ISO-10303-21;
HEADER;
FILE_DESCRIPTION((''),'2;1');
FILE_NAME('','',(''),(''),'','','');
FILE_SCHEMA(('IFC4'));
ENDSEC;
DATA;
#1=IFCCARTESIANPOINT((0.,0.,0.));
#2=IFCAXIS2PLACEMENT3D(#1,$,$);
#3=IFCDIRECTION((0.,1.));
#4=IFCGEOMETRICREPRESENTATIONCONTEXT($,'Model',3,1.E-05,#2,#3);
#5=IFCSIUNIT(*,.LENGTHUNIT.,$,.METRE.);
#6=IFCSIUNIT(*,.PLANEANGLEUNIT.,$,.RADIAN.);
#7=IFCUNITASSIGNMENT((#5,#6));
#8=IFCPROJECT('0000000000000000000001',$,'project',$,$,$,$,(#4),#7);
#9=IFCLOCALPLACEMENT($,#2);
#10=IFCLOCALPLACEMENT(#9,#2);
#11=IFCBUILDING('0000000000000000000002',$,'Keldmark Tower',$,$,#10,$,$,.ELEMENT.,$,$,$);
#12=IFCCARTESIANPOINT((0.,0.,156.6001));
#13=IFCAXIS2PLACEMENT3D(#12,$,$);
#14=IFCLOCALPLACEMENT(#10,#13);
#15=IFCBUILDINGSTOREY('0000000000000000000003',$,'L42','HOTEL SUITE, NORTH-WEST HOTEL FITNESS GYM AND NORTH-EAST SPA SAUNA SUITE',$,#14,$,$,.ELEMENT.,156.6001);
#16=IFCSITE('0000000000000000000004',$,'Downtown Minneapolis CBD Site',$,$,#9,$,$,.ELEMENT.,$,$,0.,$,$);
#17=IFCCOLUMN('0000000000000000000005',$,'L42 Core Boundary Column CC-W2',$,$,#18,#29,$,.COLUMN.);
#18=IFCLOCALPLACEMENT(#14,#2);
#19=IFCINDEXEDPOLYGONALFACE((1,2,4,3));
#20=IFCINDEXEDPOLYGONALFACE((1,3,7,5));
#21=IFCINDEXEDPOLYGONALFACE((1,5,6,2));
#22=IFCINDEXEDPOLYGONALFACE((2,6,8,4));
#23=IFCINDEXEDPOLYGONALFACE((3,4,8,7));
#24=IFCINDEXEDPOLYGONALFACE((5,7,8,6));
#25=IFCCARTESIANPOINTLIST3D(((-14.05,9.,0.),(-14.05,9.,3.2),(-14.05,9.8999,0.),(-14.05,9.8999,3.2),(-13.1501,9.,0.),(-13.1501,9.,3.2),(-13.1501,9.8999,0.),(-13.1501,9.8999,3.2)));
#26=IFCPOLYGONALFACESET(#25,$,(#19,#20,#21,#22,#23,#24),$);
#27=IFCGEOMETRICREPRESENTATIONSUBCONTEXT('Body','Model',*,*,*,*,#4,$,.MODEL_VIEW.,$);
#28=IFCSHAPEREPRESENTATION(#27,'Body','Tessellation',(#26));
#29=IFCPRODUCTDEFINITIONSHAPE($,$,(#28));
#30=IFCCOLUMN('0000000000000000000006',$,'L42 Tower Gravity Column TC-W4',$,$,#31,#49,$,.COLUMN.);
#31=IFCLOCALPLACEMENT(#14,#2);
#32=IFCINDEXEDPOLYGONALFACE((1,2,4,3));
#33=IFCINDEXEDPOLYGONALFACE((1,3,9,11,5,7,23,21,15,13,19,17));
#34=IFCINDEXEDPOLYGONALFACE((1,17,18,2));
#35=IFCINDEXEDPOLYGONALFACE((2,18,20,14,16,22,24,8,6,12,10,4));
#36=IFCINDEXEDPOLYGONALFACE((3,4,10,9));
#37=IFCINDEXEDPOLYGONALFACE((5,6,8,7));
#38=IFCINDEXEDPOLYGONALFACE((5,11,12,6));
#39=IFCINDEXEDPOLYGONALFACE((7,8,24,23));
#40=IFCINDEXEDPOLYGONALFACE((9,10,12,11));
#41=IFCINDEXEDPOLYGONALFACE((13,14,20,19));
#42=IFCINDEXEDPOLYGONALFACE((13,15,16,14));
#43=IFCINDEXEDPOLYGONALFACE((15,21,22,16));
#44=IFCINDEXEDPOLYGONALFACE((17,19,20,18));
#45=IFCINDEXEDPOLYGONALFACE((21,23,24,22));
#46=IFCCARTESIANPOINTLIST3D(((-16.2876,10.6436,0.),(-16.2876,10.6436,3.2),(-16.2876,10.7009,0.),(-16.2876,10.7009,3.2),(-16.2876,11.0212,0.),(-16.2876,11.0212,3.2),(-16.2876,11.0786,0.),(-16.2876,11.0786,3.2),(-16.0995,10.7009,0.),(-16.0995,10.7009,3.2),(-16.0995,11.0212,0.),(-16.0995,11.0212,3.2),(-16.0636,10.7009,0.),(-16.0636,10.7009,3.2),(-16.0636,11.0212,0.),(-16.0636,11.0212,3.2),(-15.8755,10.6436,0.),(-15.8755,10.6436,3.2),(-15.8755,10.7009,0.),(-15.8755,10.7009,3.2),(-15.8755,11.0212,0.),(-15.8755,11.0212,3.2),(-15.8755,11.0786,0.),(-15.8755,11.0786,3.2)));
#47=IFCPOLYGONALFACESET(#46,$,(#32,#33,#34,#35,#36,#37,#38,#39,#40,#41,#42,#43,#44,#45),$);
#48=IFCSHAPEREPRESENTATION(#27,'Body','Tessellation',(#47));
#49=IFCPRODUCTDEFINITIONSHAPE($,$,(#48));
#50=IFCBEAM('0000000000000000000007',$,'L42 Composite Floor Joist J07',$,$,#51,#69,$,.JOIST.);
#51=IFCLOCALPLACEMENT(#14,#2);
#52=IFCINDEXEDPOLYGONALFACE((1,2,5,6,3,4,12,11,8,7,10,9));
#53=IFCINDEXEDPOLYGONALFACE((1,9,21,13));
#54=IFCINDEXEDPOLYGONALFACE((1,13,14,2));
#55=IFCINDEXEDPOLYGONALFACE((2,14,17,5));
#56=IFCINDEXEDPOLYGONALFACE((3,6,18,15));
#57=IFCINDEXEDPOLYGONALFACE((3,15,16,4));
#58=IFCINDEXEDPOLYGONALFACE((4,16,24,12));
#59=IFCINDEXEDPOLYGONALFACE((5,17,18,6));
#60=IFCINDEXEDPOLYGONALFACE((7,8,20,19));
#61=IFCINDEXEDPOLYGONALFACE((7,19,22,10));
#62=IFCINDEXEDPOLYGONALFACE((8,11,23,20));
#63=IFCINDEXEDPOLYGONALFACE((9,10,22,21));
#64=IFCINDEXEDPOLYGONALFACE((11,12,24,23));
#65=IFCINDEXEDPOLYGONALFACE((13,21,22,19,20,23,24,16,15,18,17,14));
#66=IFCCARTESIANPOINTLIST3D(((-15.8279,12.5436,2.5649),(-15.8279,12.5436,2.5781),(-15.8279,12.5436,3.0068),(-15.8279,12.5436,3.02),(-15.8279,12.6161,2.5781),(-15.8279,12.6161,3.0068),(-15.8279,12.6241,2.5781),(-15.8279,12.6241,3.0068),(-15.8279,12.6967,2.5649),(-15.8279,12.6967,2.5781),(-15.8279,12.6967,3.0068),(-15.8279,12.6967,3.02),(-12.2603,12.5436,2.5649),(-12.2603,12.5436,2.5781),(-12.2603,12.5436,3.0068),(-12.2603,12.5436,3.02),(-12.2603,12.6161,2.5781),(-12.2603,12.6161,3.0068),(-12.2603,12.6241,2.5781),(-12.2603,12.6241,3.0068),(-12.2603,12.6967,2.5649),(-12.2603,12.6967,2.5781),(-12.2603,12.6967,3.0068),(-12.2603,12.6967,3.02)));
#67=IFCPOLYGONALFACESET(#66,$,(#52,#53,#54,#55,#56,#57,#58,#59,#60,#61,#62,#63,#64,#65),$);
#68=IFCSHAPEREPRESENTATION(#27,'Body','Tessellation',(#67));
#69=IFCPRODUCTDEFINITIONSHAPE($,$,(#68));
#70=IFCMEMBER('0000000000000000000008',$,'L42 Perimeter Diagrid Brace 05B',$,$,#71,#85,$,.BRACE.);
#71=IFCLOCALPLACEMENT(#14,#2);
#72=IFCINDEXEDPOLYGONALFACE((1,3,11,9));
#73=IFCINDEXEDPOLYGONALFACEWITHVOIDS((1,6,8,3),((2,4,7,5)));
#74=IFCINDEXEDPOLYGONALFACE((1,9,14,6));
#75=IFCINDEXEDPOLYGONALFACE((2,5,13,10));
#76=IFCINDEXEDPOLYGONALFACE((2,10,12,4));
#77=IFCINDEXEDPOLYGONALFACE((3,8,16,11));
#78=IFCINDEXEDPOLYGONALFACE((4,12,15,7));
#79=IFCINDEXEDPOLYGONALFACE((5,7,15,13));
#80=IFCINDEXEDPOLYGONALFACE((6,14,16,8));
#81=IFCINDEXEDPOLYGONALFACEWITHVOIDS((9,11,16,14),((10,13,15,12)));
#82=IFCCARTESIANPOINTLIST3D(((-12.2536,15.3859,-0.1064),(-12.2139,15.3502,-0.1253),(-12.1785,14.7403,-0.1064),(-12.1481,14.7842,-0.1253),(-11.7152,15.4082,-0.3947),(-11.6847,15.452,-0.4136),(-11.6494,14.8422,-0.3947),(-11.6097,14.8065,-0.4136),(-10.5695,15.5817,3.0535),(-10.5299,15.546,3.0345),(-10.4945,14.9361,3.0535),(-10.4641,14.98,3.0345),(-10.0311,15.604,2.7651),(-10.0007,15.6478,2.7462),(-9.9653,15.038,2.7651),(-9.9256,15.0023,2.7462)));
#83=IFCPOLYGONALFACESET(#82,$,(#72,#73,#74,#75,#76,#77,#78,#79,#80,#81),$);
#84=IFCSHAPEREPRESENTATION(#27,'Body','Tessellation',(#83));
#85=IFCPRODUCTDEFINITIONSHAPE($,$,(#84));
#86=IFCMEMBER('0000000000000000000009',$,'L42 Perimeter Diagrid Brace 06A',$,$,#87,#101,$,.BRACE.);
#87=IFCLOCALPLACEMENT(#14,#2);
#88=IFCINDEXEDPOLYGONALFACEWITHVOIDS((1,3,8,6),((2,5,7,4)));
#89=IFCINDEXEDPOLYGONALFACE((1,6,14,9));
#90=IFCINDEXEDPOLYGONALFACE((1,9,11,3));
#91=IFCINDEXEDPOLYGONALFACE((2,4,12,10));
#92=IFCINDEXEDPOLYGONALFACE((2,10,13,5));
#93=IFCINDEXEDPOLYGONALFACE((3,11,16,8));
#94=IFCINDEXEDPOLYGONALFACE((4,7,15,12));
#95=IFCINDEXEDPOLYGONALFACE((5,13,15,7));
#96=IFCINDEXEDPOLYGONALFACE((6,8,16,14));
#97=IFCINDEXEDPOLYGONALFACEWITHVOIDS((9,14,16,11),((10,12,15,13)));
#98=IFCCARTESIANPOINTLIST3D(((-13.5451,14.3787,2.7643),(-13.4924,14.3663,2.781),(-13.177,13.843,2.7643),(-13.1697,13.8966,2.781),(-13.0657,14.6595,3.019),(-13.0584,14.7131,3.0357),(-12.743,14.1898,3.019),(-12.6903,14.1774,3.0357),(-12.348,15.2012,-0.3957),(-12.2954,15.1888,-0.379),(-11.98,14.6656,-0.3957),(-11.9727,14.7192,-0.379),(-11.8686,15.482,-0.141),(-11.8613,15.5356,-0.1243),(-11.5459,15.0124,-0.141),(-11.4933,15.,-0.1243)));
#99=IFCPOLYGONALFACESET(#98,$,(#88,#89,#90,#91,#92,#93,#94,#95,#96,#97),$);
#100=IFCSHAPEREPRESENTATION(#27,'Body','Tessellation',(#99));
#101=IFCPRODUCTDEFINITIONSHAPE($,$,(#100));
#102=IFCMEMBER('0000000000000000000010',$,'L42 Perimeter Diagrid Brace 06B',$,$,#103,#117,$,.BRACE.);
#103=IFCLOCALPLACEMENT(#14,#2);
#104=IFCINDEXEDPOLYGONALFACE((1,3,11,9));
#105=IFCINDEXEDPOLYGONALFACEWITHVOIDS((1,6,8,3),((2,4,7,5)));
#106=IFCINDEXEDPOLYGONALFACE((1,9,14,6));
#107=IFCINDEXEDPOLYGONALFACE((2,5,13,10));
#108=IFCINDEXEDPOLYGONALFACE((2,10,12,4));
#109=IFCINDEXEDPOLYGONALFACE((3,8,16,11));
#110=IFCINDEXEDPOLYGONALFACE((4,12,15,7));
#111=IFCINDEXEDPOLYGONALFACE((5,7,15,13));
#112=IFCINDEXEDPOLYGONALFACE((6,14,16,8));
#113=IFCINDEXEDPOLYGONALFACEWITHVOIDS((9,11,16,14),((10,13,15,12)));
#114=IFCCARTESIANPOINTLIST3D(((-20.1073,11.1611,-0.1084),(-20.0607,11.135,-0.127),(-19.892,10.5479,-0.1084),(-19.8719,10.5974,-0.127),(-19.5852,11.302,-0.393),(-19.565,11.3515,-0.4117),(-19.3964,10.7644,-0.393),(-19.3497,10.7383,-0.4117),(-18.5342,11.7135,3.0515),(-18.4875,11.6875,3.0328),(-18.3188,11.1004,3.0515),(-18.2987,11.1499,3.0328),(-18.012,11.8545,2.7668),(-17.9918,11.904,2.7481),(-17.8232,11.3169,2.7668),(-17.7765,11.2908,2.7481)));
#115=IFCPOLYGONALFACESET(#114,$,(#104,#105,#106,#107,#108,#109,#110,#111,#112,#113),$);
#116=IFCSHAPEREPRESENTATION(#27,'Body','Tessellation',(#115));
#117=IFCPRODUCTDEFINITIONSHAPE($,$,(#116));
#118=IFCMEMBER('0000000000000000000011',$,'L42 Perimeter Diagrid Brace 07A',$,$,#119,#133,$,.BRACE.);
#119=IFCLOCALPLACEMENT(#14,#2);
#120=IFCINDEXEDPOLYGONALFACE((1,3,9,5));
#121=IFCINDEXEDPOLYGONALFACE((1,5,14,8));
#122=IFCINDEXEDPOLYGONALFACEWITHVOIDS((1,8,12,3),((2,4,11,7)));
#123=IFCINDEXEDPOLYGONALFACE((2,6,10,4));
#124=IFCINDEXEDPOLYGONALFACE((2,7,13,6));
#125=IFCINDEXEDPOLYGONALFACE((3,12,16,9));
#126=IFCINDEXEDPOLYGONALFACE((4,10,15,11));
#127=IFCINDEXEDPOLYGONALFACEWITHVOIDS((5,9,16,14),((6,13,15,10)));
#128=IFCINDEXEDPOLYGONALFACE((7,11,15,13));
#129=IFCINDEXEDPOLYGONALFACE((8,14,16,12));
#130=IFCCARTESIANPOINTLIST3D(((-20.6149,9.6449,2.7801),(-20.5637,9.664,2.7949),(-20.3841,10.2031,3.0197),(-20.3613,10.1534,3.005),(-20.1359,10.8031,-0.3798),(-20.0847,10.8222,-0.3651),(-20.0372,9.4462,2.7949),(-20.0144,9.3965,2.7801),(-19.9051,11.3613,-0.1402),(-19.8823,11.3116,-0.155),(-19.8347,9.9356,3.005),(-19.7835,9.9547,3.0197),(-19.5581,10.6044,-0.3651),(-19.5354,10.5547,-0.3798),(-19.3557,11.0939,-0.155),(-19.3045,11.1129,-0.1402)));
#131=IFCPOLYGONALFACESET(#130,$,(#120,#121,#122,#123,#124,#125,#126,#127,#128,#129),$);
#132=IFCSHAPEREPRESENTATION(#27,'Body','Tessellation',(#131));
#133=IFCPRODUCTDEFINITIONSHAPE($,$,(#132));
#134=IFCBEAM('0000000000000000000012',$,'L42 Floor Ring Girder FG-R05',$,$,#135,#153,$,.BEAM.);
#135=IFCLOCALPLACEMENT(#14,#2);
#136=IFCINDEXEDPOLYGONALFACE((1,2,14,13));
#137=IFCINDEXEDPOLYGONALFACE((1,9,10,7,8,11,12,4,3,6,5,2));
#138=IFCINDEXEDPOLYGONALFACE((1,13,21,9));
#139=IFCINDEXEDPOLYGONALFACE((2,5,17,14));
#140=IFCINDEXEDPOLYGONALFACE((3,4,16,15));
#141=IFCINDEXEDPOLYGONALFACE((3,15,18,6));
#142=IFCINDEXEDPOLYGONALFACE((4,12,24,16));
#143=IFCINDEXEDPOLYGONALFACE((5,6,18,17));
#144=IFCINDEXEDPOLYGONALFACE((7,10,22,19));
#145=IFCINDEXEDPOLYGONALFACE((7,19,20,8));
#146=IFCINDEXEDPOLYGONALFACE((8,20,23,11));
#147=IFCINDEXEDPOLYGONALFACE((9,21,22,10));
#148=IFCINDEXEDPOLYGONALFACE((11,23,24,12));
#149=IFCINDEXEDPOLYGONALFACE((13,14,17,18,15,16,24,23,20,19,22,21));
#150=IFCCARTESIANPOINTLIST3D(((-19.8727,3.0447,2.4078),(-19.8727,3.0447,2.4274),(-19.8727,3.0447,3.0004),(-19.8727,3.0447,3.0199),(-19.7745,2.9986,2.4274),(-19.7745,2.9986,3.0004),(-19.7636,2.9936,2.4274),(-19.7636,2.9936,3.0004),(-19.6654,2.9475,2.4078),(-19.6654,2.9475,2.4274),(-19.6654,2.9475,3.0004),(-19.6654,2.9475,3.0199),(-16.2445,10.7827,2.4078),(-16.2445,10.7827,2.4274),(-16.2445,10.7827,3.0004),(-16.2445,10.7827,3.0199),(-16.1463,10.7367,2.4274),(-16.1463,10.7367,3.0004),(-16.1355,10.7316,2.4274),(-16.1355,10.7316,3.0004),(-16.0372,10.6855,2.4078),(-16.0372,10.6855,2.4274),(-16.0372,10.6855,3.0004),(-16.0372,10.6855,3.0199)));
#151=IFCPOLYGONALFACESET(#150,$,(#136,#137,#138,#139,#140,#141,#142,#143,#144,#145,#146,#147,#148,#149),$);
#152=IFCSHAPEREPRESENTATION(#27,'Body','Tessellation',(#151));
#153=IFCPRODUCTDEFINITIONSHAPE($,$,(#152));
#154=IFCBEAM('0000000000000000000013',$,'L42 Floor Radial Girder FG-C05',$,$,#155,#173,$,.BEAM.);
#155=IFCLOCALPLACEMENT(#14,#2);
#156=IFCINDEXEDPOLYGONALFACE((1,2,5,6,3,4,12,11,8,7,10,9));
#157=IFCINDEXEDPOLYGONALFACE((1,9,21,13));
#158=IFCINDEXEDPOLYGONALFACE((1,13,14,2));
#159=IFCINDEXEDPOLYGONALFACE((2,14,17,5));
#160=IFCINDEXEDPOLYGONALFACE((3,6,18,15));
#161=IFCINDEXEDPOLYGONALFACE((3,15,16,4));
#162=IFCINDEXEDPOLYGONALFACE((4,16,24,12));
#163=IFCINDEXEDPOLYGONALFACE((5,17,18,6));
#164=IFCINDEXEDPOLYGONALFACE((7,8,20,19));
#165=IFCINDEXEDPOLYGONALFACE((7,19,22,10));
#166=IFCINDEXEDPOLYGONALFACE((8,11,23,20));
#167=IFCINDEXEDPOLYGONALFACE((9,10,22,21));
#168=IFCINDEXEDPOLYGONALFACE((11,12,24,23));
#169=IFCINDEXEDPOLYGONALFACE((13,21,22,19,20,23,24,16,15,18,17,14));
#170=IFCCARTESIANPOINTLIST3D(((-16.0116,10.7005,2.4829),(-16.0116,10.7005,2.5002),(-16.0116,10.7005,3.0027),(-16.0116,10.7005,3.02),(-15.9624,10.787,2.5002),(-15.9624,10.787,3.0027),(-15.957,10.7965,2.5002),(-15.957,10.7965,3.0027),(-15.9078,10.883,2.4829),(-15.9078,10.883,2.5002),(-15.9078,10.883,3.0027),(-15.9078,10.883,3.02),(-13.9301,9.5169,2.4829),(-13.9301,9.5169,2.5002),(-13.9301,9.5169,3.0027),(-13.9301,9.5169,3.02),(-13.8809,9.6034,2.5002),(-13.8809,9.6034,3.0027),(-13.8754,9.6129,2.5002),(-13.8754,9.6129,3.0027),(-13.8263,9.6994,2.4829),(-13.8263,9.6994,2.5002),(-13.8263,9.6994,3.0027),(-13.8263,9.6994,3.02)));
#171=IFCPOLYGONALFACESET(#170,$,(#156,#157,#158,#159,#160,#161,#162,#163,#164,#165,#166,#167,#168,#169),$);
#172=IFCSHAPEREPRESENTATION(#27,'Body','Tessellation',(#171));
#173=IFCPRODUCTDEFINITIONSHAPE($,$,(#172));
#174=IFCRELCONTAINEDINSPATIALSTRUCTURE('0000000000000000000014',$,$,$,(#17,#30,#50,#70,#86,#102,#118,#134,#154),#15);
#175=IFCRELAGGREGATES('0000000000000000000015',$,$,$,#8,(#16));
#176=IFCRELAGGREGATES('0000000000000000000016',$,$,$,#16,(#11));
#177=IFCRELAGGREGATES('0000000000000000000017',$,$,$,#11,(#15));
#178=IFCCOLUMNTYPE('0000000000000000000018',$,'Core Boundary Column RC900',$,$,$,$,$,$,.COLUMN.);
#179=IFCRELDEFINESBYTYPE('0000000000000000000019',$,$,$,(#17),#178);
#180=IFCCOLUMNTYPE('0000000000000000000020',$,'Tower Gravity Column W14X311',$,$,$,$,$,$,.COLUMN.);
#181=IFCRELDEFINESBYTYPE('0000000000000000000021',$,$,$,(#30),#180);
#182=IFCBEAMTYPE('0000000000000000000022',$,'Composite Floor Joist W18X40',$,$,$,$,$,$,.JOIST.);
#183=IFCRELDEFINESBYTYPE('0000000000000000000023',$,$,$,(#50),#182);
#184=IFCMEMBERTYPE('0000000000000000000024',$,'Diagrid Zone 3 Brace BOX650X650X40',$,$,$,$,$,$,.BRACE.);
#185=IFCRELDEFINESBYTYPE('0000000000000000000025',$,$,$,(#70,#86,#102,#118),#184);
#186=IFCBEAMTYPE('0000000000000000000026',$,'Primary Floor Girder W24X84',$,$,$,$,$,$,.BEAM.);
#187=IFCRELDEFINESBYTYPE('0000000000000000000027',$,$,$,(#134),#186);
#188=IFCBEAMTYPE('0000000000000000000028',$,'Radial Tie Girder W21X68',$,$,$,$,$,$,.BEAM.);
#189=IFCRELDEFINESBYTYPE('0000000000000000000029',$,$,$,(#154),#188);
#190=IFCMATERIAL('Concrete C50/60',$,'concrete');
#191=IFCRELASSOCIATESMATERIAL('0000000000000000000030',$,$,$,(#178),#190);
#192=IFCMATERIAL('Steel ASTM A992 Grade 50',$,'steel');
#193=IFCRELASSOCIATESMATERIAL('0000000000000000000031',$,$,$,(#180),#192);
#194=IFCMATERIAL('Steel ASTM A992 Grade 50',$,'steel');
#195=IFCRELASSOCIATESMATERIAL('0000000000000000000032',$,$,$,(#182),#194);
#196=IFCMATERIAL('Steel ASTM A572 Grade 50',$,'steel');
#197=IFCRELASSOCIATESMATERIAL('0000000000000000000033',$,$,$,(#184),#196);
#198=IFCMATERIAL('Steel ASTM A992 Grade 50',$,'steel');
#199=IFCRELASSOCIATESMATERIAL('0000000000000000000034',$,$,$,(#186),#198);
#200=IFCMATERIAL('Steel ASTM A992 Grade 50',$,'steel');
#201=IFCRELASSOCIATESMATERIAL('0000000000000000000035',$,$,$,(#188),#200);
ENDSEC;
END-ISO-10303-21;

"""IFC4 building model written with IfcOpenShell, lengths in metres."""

from ifc_helpers import new_model, si_unit, direction, frame, origin, origin_2d, place, context, subcontext, project, spatial, rectangle, hollow_rectangle, i_section, extrude, material, material_profile, profile_set, type_object, element, save


model = new_model("IFC4")

# Units and contexts
model_context = context("Model", 3, precision=1e-05, world=origin(), true_north=direction((0.0, 1.0)))
body_context = subcontext(model_context, "Body", "Model", "MODEL_VIEW")
ifc_project = project(units=[si_unit("LENGTHUNIT", "METRE"), si_unit("PLANEANGLEUNIT", "RADIAN")], contexts=[model_context])

# Site, building, storey
site_placement = place(None, origin())
site = spatial("IfcSite", under=ifc_project, at=site_placement, Name="Downtown Minneapolis CBD Site", CompositionType="ELEMENT", RefElevation=0.0)
building_placement = place(site_placement, origin())
building = spatial("IfcBuilding", under=site, at=building_placement, Name="Keldmark Tower", CompositionType="ELEMENT")
storey_placement = place(building_placement, frame((0.0, 0.0, 156.6001)))
storey = spatial("IfcBuildingStorey", under=building, at=storey_placement, Name="L42", Description="HOTEL SUITE, NORTH-WEST HOTEL FITNESS GYM AND NORTH-EAST SPA SAUNA SUITE", CompositionType="ELEMENT", Elevation=156.6001)

# Columns
ifc_material_1 = material(Name="Concrete C50/60", Category="concrete")
ifc_material_profile_1 = material_profile(ifc_material_1, rectangle(XDim=0.8999, YDim=0.8999, at=origin_2d()), Name="RC900X900")
ifc_profile_set_1 = profile_set([ifc_material_profile_1], Name="Concrete C50/60")
column_type_1 = type_object("IfcColumnType", Name="Core Boundary Column RC900", PredefinedType="COLUMN", material=ifc_profile_set_1)
column_1_placement = place(storey_placement, frame((-13.6001, 9.45, 0.0), z_axis=(0.0, 0.0, 1.0), x_axis=(1.0, 0.0, 0.0)))
element("IfcColumn", 1, at=column_1_placement, inside=storey, type_object=column_type_1, Name="L42 Core Boundary Column CC-W2", PredefinedType="COLUMN", context=body_context, shape_type="SweptSolid", body=[
    extrude(rectangle(XDim=0.8999, YDim=0.8999, at=origin_2d()), origin(), (0.0, 0.0, 1.0), 3.2),
])
ifc_material_2 = material(Name="Steel ASTM A992 Grade 50", Category="steel")
ifc_material_profile_2 = material_profile(ifc_material_2, i_section(OverallWidth=0.4121, OverallDepth=0.4351, WebThickness=0.0359, FlangeThickness=0.0574, at=origin_2d()), Name="W14X311")
ifc_profile_set_2 = profile_set([ifc_material_profile_2], Name="Steel ASTM A992 Grade 50")
column_type_2 = type_object("IfcColumnType", Name="Tower Gravity Column W14X311", PredefinedType="COLUMN", material=ifc_profile_set_2)
column_2_placement = place(storey_placement, frame((-16.0815, 10.8611, 0.0), z_axis=(0.0, 0.0, 1.0), x_axis=(1.0, 0.0, 0.0)))
element("IfcColumn", 2, at=column_2_placement, inside=storey, type_object=column_type_2, Name="L42 Tower Gravity Column TC-W4", PredefinedType="COLUMN", context=body_context, shape_type="SweptSolid", body=[
    extrude(i_section(OverallWidth=0.4121, OverallDepth=0.4351, WebThickness=0.0359, FlangeThickness=0.0574, at=origin_2d()), origin(), (0.0, 0.0, 1.0), 3.2),
])

# Beam
ifc_material_3 = material(Name="Steel ASTM A992 Grade 50", Category="steel")
ifc_material_profile_3 = material_profile(ifc_material_3, i_section(OverallWidth=0.1531, OverallDepth=0.4551, WebThickness=0.0081, FlangeThickness=0.0132, at=origin_2d()), Name="W18X40")
ifc_profile_set_3 = profile_set([ifc_material_profile_3], Name="Steel ASTM A992 Grade 50")
beam_type_1 = type_object("IfcBeamType", Name="Composite Floor Joist W18X40", PredefinedType="JOIST", material=ifc_profile_set_3)
beam_1_placement = place(storey_placement, frame((-15.8279, 12.6201, 2.7925), z_axis=(1.0, 0.0, 0.0), x_axis=(0.0, 1.0, 0.0)))
element("IfcBeam", 3, at=beam_1_placement, inside=storey, type_object=beam_type_1, Name="L42 Composite Floor Joist J07", PredefinedType="JOIST", context=body_context, shape_type="SweptSolid", body=[
    extrude(i_section(OverallWidth=0.1531, OverallDepth=0.4551, WebThickness=0.0081, FlangeThickness=0.0132, at=origin_2d()), origin(), (0.0, 0.0, 1.0), 3.5676),
])

# Members
ifc_material_4 = material(Name="Steel ASTM A572 Grade 50", Category="steel")
ifc_material_profile_4 = material_profile(ifc_material_4, hollow_rectangle(XDim=0.6499, YDim=0.6499, WallThickness=0.04, at=origin_2d()), Name="BOX650X650X40")
ifc_profile_set_4 = profile_set([ifc_material_profile_4], Name="Steel ASTM A572 Grade 50")
member_type = type_object("IfcMemberType", Name="Diagrid Zone 3 Brace BOX650X650X40", PredefinedType="BRACE", material=ifc_profile_set_4)
member_1_placement = place(storey_placement, frame((-11.9316, 15.0962, -0.26), z_axis=(0.469625, 0.054601, 0.881176), x_axis=(-0.115488, 0.993309, 0.0)))
element("IfcMember", 4, at=member_1_placement, inside=storey, type_object=member_type, Name="L42 Perimeter Diagrid Brace 05B", PredefinedType="BRACE", context=body_context, shape_type="SweptSolid", body=[
    extrude(hollow_rectangle(XDim=0.6499, YDim=0.6499, WallThickness=0.04, at=origin_2d()), origin(), (0.0, 0.0, 1.0), 3.5859),
])
member_2_placement = place(storey_placement, frame((-11.9207, 15.1006, -0.26), z_axis=(-0.344199, -0.236509, 0.90862), x_axis=(0.566322, -0.824184, 0.0)))
element("IfcMember", 5, at=member_2_placement, inside=storey, type_object=member_type, Name="L42 Perimeter Diagrid Brace 06A", PredefinedType="BRACE", context=body_context, shape_type="SweptSolid", body=[
    extrude(hollow_rectangle(XDim=0.6499, YDim=0.6499, WallThickness=0.04, at=origin_2d()), origin(), (0.0, 0.0, 1.0), 3.4778),
])
member_3_placement = place(storey_placement, frame((-19.7285, 10.9497, -0.26), z_axis=(0.44033, 0.154635, 0.884419), x_axis=(-0.331342, 0.943511, 0.0)))
element("IfcMember", 6, at=member_3_placement, inside=storey, type_object=member_type, Name="L42 Perimeter Diagrid Brace 06B", PredefinedType="BRACE", context=body_context, shape_type="SweptSolid", body=[
    extrude(hollow_rectangle(XDim=0.6499, YDim=0.6499, WallThickness=0.04, at=origin_2d()), origin(), (0.0, 0.0, 1.0), 3.5728),
])
member_4_placement = place(storey_placement, frame((-19.7202, 10.958, -0.26), z_axis=(-0.140908, -0.340708, 0.92955), x_axis=(0.924088, -0.38218, 0.0)))
element("IfcMember", 7, at=member_4_placement, inside=storey, type_object=member_type, Name="L42 Perimeter Diagrid Brace 07A", PredefinedType="BRACE", context=body_context, shape_type="SweptSolid", body=[
    extrude(hollow_rectangle(XDim=0.6499, YDim=0.6499, WallThickness=0.04, at=origin_2d()), origin(), (0.0, 0.0, 1.0), 3.3994),
])

# Beams
ifc_material_5 = material(Name="Steel ASTM A992 Grade 50", Category="steel")
ifc_material_profile_5 = material_profile(ifc_material_5, i_section(OverallWidth=0.229, OverallDepth=0.6121, WebThickness=0.012, FlangeThickness=0.0195, at=origin_2d()), Name="W24X84")
ifc_profile_set_5 = profile_set([ifc_material_profile_5], Name="Steel ASTM A992 Grade 50")
beam_type_2 = type_object("IfcBeamType", Name="Primary Floor Girder W24X84", PredefinedType="BEAM", material=ifc_profile_set_5)
beam_2_placement = place(storey_placement, frame((-16.1409, 10.7341, 2.7139), z_axis=(-0.424527, -0.905415, 0.0), x_axis=(0.905415, -0.424527, 0.0)))
element("IfcBeam", 8, at=beam_2_placement, inside=storey, type_object=beam_type_2, Name="L42 Floor Ring Girder FG-R05", PredefinedType="BEAM", context=body_context, shape_type="SweptSolid", body=[
    extrude(i_section(OverallWidth=0.229, OverallDepth=0.6121, WebThickness=0.012, FlangeThickness=0.0195, at=origin_2d()), origin(), (0.0, 0.0, 1.0), 8.5464),
])
ifc_material_6 = material(Name="Steel ASTM A992 Grade 50", Category="steel")
ifc_material_profile_6 = material_profile(ifc_material_6, i_section(OverallWidth=0.21, OverallDepth=0.5371, WebThickness=0.011, FlangeThickness=0.0173, at=origin_2d()), Name="W21X68")
ifc_profile_set_6 = profile_set([ifc_material_profile_6], Name="Steel ASTM A992 Grade 50")
beam_type_3 = type_object("IfcBeamType", Name="Radial Tie Girder W21X68", PredefinedType="BEAM", material=ifc_profile_set_6)
beam_3_placement = place(storey_placement, frame((-15.9597, 10.7917, 2.7515), z_axis=(0.869295, -0.494293, 0.0), x_axis=(0.494293, 0.869295, 0.0)))
element("IfcBeam", 9, at=beam_3_placement, inside=storey, type_object=beam_type_3, Name="L42 Floor Radial Girder FG-C05", PredefinedType="BEAM", context=body_context, shape_type="SweptSolid", body=[
    extrude(i_section(OverallWidth=0.21, OverallDepth=0.5371, WebThickness=0.011, FlangeThickness=0.0173, at=origin_2d()), origin(), (0.0, 0.0, 1.0), 2.3945),
])

save(model, "model.ifc")
